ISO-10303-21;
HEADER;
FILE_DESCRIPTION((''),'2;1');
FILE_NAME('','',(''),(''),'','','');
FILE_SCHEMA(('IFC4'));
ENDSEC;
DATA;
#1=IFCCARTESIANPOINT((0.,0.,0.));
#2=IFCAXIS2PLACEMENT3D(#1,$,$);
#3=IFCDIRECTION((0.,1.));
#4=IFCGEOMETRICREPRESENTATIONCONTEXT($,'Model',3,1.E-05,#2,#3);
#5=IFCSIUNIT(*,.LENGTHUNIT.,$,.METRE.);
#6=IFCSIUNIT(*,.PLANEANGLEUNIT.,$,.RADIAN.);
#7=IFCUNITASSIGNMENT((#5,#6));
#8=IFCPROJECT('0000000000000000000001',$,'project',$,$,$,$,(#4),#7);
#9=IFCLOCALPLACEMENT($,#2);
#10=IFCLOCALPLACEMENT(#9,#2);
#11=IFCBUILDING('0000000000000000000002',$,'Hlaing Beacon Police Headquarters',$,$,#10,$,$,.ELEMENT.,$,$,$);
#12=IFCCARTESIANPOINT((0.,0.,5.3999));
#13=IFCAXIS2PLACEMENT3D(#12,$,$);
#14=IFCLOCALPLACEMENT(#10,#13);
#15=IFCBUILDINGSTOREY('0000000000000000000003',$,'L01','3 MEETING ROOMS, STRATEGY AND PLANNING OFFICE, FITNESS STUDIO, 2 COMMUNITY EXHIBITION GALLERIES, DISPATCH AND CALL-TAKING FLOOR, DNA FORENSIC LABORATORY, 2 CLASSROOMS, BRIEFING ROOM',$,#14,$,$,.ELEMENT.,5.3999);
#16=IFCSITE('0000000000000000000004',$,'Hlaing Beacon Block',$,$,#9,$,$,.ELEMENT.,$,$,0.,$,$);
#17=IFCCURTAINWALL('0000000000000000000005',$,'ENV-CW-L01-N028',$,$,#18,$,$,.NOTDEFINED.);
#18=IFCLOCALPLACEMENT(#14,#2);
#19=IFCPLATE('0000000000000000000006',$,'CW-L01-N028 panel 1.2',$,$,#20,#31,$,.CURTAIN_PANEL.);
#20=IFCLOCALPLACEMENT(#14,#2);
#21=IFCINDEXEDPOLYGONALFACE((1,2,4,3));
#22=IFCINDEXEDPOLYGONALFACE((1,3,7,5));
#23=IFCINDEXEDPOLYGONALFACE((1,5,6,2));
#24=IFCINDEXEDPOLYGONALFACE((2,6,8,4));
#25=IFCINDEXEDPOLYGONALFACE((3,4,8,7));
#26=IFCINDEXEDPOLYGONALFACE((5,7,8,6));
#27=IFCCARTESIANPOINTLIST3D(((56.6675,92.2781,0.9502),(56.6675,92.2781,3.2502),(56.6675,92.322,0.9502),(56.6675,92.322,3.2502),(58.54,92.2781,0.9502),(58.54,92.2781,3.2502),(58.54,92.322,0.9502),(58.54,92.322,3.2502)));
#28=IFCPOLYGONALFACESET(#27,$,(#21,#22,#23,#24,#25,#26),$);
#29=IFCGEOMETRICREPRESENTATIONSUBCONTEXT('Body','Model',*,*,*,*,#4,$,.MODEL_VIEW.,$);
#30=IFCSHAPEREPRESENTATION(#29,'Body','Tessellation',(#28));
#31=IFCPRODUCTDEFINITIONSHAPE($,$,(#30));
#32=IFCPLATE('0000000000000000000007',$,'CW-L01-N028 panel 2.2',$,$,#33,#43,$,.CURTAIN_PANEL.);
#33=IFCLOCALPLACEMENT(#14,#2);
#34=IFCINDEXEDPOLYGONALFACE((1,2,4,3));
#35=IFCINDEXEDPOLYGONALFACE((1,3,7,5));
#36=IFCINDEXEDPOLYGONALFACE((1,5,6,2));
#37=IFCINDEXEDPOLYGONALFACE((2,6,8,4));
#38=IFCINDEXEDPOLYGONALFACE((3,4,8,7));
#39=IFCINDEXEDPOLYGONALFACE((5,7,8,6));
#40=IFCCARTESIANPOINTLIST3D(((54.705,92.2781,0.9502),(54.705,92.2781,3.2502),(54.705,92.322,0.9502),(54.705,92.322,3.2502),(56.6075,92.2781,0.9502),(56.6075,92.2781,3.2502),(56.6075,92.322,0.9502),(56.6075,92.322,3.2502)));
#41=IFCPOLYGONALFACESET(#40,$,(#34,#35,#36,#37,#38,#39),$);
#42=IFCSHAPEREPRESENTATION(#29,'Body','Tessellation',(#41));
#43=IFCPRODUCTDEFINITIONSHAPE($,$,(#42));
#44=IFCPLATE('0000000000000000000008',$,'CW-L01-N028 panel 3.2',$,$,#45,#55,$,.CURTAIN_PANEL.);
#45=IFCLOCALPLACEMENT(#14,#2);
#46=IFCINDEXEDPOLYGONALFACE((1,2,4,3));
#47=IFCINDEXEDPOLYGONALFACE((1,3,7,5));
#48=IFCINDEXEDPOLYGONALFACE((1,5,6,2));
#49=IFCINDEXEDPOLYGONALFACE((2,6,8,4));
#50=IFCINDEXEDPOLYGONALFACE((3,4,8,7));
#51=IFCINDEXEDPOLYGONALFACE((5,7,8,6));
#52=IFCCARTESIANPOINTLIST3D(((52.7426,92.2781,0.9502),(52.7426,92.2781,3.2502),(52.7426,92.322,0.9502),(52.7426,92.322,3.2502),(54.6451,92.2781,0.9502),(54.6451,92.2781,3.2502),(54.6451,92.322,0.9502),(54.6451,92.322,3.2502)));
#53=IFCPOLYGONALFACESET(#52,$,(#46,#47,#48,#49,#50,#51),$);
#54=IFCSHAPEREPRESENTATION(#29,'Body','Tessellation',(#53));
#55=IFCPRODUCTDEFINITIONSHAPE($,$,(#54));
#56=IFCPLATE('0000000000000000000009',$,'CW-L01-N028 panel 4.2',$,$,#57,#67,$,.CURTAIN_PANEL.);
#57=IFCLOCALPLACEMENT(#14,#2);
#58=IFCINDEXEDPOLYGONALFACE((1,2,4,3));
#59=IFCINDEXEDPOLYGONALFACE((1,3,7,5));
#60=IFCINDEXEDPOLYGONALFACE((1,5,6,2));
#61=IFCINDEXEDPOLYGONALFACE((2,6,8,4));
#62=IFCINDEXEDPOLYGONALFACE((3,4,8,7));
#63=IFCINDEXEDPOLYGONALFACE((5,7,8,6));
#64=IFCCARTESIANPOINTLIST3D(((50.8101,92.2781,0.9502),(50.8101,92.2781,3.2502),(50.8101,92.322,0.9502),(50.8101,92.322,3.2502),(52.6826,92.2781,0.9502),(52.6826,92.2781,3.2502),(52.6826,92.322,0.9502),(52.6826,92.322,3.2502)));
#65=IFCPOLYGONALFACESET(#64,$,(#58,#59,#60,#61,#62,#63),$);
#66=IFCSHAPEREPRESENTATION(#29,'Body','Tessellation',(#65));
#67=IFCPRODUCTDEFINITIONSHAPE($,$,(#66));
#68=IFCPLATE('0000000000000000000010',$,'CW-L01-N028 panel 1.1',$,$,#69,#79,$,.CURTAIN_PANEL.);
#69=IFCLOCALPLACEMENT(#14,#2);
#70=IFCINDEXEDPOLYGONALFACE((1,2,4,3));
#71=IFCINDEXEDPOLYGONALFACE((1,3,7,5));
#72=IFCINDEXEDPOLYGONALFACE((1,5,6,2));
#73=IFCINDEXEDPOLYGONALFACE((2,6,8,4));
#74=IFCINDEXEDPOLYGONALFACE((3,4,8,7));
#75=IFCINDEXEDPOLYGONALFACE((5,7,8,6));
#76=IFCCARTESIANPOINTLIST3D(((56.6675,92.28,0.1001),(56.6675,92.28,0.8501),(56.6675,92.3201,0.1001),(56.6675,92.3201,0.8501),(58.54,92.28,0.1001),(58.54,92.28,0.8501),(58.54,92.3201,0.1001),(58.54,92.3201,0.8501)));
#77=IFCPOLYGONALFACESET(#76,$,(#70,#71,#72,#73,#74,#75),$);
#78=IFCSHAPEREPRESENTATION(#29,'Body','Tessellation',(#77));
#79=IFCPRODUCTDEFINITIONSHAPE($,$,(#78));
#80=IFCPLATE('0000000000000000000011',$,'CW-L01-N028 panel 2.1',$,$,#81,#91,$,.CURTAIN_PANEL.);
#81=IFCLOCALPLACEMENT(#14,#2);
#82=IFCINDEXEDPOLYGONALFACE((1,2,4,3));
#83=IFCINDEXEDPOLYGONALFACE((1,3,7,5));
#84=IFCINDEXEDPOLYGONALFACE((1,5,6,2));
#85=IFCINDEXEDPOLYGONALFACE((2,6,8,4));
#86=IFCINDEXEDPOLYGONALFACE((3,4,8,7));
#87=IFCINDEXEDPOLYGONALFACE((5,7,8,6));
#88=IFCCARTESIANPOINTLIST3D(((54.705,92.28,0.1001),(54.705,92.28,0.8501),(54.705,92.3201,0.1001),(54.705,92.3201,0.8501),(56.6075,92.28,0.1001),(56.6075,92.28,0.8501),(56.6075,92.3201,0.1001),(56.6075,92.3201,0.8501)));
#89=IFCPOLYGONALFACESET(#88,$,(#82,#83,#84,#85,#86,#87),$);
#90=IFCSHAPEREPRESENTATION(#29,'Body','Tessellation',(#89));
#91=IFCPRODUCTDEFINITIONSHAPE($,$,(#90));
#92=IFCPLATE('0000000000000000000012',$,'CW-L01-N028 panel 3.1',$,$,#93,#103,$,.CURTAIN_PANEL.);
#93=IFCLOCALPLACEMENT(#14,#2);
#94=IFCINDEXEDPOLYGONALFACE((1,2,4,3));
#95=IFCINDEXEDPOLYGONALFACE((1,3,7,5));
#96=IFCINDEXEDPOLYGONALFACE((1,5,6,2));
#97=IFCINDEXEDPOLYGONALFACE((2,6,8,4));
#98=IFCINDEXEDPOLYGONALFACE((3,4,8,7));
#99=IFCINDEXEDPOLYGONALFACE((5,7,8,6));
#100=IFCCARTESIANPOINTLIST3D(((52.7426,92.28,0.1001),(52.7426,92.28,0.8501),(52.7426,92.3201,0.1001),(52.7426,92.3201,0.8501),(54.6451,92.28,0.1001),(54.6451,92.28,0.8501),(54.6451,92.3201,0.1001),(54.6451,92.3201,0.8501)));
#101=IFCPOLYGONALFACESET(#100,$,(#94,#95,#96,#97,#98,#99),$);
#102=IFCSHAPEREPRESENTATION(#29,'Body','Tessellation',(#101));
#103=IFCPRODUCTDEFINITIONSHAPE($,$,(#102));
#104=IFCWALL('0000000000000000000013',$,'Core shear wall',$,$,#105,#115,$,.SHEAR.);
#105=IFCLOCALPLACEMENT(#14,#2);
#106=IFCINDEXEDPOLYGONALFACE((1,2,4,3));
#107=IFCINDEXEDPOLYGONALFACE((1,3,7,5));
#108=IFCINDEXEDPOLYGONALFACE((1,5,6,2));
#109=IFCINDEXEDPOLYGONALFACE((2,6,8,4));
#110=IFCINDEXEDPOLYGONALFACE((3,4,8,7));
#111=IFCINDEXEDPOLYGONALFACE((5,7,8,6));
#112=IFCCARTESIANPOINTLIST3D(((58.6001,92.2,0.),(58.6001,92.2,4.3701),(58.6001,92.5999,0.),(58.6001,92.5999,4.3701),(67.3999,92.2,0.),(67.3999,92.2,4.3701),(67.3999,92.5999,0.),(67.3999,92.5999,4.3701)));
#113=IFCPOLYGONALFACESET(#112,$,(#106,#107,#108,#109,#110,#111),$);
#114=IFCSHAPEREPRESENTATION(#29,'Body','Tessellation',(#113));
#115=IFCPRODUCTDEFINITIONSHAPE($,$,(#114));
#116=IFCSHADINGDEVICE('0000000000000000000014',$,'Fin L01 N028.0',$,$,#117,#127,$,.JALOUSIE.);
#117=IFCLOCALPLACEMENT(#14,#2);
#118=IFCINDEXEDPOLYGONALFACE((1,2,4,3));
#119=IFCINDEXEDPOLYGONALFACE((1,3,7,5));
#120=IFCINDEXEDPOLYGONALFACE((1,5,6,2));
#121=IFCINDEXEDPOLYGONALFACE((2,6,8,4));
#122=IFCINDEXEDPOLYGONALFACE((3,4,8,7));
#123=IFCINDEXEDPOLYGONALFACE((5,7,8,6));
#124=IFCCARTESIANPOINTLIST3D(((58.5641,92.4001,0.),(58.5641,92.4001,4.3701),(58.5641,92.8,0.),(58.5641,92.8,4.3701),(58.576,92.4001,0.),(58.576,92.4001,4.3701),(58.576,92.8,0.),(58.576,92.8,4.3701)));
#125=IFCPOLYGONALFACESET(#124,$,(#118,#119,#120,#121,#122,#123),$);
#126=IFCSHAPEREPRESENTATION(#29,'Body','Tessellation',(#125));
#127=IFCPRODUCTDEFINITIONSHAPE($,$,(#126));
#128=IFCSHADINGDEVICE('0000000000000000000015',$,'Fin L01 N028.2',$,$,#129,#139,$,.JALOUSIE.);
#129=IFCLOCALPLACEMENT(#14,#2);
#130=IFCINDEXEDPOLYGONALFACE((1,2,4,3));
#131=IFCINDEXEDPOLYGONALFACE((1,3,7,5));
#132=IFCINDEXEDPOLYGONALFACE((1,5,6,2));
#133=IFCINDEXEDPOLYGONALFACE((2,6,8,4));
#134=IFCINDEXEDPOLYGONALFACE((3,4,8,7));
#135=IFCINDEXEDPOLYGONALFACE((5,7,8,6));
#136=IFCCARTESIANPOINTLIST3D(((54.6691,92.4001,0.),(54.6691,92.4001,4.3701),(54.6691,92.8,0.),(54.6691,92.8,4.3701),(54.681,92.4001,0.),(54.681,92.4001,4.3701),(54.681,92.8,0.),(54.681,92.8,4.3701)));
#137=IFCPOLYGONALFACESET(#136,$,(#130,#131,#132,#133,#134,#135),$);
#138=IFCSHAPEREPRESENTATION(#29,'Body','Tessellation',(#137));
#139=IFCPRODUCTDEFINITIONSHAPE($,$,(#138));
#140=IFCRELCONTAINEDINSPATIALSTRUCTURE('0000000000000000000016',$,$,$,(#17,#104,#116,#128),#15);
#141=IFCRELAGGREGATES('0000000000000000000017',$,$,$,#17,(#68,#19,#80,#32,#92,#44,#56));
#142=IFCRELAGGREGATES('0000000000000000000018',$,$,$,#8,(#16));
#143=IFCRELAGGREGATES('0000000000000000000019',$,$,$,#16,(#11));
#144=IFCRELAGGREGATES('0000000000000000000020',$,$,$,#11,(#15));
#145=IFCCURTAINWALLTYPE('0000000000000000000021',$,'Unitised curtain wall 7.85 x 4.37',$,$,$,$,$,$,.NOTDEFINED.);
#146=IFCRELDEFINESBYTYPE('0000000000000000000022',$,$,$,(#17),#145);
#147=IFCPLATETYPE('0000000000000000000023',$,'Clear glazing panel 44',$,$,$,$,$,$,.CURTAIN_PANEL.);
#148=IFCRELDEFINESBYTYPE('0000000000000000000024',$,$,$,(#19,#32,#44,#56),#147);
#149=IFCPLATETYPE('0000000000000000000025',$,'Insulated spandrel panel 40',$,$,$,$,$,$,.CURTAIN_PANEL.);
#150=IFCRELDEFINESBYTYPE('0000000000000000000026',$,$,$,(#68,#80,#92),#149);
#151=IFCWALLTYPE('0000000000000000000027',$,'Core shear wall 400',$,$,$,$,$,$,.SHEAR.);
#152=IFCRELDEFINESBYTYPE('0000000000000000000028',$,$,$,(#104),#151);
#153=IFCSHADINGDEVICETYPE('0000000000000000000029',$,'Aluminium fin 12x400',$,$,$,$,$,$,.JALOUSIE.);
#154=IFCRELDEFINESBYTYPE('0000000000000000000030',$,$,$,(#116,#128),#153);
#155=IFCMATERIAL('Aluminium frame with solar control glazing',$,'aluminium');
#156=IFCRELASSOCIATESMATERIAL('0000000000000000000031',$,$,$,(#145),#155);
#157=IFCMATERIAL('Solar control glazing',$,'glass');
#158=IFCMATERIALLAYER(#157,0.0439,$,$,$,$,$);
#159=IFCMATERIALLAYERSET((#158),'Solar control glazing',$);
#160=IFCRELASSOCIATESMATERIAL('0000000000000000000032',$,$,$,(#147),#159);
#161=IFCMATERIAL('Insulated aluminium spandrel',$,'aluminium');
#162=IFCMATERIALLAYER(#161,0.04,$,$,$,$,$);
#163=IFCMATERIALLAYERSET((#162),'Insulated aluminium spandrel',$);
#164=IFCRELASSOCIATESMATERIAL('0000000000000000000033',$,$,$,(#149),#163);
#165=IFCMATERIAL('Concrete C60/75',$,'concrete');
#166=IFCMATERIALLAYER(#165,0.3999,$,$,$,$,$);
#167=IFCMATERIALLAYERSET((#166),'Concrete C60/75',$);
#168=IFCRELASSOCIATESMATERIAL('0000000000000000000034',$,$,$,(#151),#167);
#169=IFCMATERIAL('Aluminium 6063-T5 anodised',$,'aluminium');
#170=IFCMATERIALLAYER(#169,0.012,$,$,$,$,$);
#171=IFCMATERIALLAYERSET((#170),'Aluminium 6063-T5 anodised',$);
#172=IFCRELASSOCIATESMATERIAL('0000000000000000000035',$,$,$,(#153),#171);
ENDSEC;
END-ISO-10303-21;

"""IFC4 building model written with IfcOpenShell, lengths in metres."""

from ifc_helpers import new_model, si_unit, direction, frame, frame_2d, origin, origin_2d, place, context, subcontext, project, spatial, rectangle, extrude, material, layer, layer_set, type_object, element, aggregate, save


model = new_model("IFC4")

# Units and contexts
model_context = context("Model", 3, precision=1e-05, world=origin(), true_north=direction((0.0, 1.0)))
body_context = subcontext(model_context, "Body", "Model", "MODEL_VIEW")
ifc_project = project(units=[si_unit("LENGTHUNIT", "METRE"), si_unit("PLANEANGLEUNIT", "RADIAN")], contexts=[model_context])

# Site, building, storey
site_placement = place(None, origin())
site = spatial("IfcSite", under=ifc_project, at=site_placement, Name="Hlaing Beacon Block", CompositionType="ELEMENT", RefElevation=0.0)
building_placement = place(site_placement, origin())
building = spatial("IfcBuilding", under=site, at=building_placement, Name="Hlaing Beacon Police Headquarters", CompositionType="ELEMENT")
storey_placement = place(building_placement, frame((0.0, 0.0, 5.3999)))
storey = spatial("IfcBuildingStorey", under=building, at=storey_placement, Name="L01", Description="3 MEETING ROOMS, STRATEGY AND PLANNING OFFICE, FITNESS STUDIO, 2 COMMUNITY EXHIBITION GALLERIES, DISPATCH AND CALL-TAKING FLOOR, DNA FORENSIC LABORATORY, 2 CLASSROOMS, BRIEFING ROOM", CompositionType="ELEMENT", Elevation=5.3999)

# Curtain wall, plates
ifc_material_1 = material(Name="Aluminium frame with solar control glazing", Category="aluminium")
curtain_wall_type = type_object("IfcCurtainWallType", Name="Unitised curtain wall 7.85 x 4.37", PredefinedType="NOTDEFINED", material=ifc_material_1)
curtain_wall_placement = place(storey_placement, origin())
curtain_wall = element("IfcCurtainWall", 1, at=curtain_wall_placement, inside=storey, type_object=curtain_wall_type, Name="ENV-CW-L01-N028", PredefinedType="NOTDEFINED")
ifc_material_2 = material(Name="Solar control glazing", Category="glass")
ifc_layer_1 = layer(ifc_material_2, 0.0439)
ifc_layer_set_1 = layer_set([ifc_layer_1], Name="Solar control glazing")
plate_type_1 = type_object("IfcPlateType", Name="Clear glazing panel 44", PredefinedType="CURTAIN_PANEL", material=ifc_layer_set_1)
plate_1_placement = place(storey_placement, frame((57.6038, 92.3, 0.9502), z_axis=(0.0, 0.0, 1.0), x_axis=(-1.0, 0.0, 0.0)))
plate_1 = element("IfcPlate", 2, at=plate_1_placement, type_object=plate_type_1, Name="CW-L01-N028 panel 1.2", PredefinedType="CURTAIN_PANEL", context=body_context, shape_type="SweptSolid", body=[
    extrude(rectangle(XDim=1.8726, YDim=0.0439, at=origin_2d()), origin(), (0.0, 0.0, 1.0), 2.3),
])
plate_2_placement = place(storey_placement, frame((55.6562, 92.3, 0.9502), z_axis=(0.0, 0.0, 1.0), x_axis=(-1.0, 0.0, 0.0)))
plate_2 = element("IfcPlate", 3, at=plate_2_placement, type_object=plate_type_1, Name="CW-L01-N028 panel 2.2", PredefinedType="CURTAIN_PANEL", context=body_context, shape_type="SweptSolid", body=[
    extrude(rectangle(XDim=1.9026, YDim=0.0439, at=origin_2d()), origin(), (0.0, 0.0, 1.0), 2.3),
])
plate_3_placement = place(storey_placement, frame((53.6938, 92.3, 0.9502), z_axis=(0.0, 0.0, 1.0), x_axis=(-1.0, 0.0, 0.0)))
plate_3 = element("IfcPlate", 4, at=plate_3_placement, type_object=plate_type_1, Name="CW-L01-N028 panel 3.2", PredefinedType="CURTAIN_PANEL", context=body_context, shape_type="SweptSolid", body=[
    extrude(rectangle(XDim=1.9026, YDim=0.0439, at=origin_2d()), origin(), (0.0, 0.0, 1.0), 2.3),
])
plate_4_placement = place(storey_placement, frame((51.7463, 92.3, 0.9502), z_axis=(0.0, 0.0, 1.0), x_axis=(-1.0, 0.0, 0.0)))
plate_4 = element("IfcPlate", 5, at=plate_4_placement, type_object=plate_type_1, Name="CW-L01-N028 panel 4.2", PredefinedType="CURTAIN_PANEL", context=body_context, shape_type="SweptSolid", body=[
    extrude(rectangle(XDim=1.8726, YDim=0.0439, at=origin_2d()), origin(), (0.0, 0.0, 1.0), 2.3),
])
ifc_material_3 = material(Name="Insulated aluminium spandrel", Category="aluminium")
ifc_layer_2 = layer(ifc_material_3, 0.04)
ifc_layer_set_2 = layer_set([ifc_layer_2], Name="Insulated aluminium spandrel")
plate_type_2 = type_object("IfcPlateType", Name="Insulated spandrel panel 40", PredefinedType="CURTAIN_PANEL", material=ifc_layer_set_2)
plate_5_placement = place(storey_placement, frame((57.6038, 92.3, 0.1001), z_axis=(0.0, 0.0, 1.0), x_axis=(-1.0, 0.0, 0.0)))
plate_5 = element("IfcPlate", 6, at=plate_5_placement, type_object=plate_type_2, Name="CW-L01-N028 panel 1.1", PredefinedType="CURTAIN_PANEL", context=body_context, shape_type="SweptSolid", body=[
    extrude(rectangle(XDim=1.8726, YDim=0.04, at=origin_2d()), origin(), (0.0, 0.0, 1.0), 0.75),
])
plate_6_placement = place(storey_placement, frame((55.6562, 92.3, 0.1001), z_axis=(0.0, 0.0, 1.0), x_axis=(-1.0, 0.0, 0.0)))
plate_6 = element("IfcPlate", 7, at=plate_6_placement, type_object=plate_type_2, Name="CW-L01-N028 panel 2.1", PredefinedType="CURTAIN_PANEL", context=body_context, shape_type="SweptSolid", body=[
    extrude(rectangle(XDim=1.9026, YDim=0.04, at=origin_2d()), origin(), (0.0, 0.0, 1.0), 0.75),
])
plate_7_placement = place(storey_placement, frame((53.6938, 92.3, 0.1001), z_axis=(0.0, 0.0, 1.0), x_axis=(-1.0, 0.0, 0.0)))
plate_7 = element("IfcPlate", 8, at=plate_7_placement, type_object=plate_type_2, Name="CW-L01-N028 panel 3.1", PredefinedType="CURTAIN_PANEL", context=body_context, shape_type="SweptSolid", body=[
    extrude(rectangle(XDim=1.9026, YDim=0.04, at=origin_2d()), origin(), (0.0, 0.0, 1.0), 0.75),
])
aggregate(curtain_wall, [plate_5, plate_1, plate_6, plate_2, plate_7, plate_3, plate_4])

# Wall
ifc_material_4 = material(Name="Concrete C60/75", Category="concrete")
ifc_layer_3 = layer(ifc_material_4, 0.3999)
ifc_layer_set_3 = layer_set([ifc_layer_3], Name="Concrete C60/75")
wall_type = type_object("IfcWallType", Name="Core shear wall 400", PredefinedType="SHEAR", material=ifc_layer_set_3)
wall_placement = place(storey_placement, frame((58.6001, 92.3999, 0.0), z_axis=(0.0, 0.0, 1.0), x_axis=(1.0, 0.0, 0.0)))
element("IfcWall", 9, at=wall_placement, inside=storey, type_object=wall_type, Name="Core shear wall", PredefinedType="SHEAR", context=body_context, shape_type="SweptSolid", body=[
    extrude(rectangle(XDim=8.7998, YDim=0.3999, at=frame_2d((4.3999, 0.0))), origin(), (0.0, 0.0, 1.0), 4.3701),
])

# Shading devices
ifc_material_5 = material(Name="Aluminium 6063-T5 anodised", Category="aluminium")
ifc_layer_4 = layer(ifc_material_5, 0.012)
ifc_layer_set_4 = layer_set([ifc_layer_4], Name="Aluminium 6063-T5 anodised")
shading_device_type = type_object("IfcShadingDeviceType", Name="Aluminium fin 12x400", PredefinedType="JALOUSIE", material=ifc_layer_set_4)
for number, where, z_axis, x_axis, name in (
    (10, (58.5701, 92.6001, 0.0), (0.0, 0.0, 1.0), (-1.0, 0.0, 0.0), "Fin L01 N028.0"),
    (11, (54.675, 92.6001, 0.0), (0.0, 0.0, 1.0), (-1.0, 0.0, 0.0), "Fin L01 N028.2"),
):
    element("IfcShadingDevice", number, at=place(storey_placement, frame(where, z_axis=z_axis, x_axis=x_axis)), inside=storey, type_object=shading_device_type, Name=name, PredefinedType="JALOUSIE", context=body_context, shape_type="SweptSolid", body=[
        extrude(rectangle(XDim=0.012, YDim=0.3999, at=origin_2d()), origin(), (0.0, 0.0, 1.0), 4.3701),
    ])

save(model, "model.ifc")
